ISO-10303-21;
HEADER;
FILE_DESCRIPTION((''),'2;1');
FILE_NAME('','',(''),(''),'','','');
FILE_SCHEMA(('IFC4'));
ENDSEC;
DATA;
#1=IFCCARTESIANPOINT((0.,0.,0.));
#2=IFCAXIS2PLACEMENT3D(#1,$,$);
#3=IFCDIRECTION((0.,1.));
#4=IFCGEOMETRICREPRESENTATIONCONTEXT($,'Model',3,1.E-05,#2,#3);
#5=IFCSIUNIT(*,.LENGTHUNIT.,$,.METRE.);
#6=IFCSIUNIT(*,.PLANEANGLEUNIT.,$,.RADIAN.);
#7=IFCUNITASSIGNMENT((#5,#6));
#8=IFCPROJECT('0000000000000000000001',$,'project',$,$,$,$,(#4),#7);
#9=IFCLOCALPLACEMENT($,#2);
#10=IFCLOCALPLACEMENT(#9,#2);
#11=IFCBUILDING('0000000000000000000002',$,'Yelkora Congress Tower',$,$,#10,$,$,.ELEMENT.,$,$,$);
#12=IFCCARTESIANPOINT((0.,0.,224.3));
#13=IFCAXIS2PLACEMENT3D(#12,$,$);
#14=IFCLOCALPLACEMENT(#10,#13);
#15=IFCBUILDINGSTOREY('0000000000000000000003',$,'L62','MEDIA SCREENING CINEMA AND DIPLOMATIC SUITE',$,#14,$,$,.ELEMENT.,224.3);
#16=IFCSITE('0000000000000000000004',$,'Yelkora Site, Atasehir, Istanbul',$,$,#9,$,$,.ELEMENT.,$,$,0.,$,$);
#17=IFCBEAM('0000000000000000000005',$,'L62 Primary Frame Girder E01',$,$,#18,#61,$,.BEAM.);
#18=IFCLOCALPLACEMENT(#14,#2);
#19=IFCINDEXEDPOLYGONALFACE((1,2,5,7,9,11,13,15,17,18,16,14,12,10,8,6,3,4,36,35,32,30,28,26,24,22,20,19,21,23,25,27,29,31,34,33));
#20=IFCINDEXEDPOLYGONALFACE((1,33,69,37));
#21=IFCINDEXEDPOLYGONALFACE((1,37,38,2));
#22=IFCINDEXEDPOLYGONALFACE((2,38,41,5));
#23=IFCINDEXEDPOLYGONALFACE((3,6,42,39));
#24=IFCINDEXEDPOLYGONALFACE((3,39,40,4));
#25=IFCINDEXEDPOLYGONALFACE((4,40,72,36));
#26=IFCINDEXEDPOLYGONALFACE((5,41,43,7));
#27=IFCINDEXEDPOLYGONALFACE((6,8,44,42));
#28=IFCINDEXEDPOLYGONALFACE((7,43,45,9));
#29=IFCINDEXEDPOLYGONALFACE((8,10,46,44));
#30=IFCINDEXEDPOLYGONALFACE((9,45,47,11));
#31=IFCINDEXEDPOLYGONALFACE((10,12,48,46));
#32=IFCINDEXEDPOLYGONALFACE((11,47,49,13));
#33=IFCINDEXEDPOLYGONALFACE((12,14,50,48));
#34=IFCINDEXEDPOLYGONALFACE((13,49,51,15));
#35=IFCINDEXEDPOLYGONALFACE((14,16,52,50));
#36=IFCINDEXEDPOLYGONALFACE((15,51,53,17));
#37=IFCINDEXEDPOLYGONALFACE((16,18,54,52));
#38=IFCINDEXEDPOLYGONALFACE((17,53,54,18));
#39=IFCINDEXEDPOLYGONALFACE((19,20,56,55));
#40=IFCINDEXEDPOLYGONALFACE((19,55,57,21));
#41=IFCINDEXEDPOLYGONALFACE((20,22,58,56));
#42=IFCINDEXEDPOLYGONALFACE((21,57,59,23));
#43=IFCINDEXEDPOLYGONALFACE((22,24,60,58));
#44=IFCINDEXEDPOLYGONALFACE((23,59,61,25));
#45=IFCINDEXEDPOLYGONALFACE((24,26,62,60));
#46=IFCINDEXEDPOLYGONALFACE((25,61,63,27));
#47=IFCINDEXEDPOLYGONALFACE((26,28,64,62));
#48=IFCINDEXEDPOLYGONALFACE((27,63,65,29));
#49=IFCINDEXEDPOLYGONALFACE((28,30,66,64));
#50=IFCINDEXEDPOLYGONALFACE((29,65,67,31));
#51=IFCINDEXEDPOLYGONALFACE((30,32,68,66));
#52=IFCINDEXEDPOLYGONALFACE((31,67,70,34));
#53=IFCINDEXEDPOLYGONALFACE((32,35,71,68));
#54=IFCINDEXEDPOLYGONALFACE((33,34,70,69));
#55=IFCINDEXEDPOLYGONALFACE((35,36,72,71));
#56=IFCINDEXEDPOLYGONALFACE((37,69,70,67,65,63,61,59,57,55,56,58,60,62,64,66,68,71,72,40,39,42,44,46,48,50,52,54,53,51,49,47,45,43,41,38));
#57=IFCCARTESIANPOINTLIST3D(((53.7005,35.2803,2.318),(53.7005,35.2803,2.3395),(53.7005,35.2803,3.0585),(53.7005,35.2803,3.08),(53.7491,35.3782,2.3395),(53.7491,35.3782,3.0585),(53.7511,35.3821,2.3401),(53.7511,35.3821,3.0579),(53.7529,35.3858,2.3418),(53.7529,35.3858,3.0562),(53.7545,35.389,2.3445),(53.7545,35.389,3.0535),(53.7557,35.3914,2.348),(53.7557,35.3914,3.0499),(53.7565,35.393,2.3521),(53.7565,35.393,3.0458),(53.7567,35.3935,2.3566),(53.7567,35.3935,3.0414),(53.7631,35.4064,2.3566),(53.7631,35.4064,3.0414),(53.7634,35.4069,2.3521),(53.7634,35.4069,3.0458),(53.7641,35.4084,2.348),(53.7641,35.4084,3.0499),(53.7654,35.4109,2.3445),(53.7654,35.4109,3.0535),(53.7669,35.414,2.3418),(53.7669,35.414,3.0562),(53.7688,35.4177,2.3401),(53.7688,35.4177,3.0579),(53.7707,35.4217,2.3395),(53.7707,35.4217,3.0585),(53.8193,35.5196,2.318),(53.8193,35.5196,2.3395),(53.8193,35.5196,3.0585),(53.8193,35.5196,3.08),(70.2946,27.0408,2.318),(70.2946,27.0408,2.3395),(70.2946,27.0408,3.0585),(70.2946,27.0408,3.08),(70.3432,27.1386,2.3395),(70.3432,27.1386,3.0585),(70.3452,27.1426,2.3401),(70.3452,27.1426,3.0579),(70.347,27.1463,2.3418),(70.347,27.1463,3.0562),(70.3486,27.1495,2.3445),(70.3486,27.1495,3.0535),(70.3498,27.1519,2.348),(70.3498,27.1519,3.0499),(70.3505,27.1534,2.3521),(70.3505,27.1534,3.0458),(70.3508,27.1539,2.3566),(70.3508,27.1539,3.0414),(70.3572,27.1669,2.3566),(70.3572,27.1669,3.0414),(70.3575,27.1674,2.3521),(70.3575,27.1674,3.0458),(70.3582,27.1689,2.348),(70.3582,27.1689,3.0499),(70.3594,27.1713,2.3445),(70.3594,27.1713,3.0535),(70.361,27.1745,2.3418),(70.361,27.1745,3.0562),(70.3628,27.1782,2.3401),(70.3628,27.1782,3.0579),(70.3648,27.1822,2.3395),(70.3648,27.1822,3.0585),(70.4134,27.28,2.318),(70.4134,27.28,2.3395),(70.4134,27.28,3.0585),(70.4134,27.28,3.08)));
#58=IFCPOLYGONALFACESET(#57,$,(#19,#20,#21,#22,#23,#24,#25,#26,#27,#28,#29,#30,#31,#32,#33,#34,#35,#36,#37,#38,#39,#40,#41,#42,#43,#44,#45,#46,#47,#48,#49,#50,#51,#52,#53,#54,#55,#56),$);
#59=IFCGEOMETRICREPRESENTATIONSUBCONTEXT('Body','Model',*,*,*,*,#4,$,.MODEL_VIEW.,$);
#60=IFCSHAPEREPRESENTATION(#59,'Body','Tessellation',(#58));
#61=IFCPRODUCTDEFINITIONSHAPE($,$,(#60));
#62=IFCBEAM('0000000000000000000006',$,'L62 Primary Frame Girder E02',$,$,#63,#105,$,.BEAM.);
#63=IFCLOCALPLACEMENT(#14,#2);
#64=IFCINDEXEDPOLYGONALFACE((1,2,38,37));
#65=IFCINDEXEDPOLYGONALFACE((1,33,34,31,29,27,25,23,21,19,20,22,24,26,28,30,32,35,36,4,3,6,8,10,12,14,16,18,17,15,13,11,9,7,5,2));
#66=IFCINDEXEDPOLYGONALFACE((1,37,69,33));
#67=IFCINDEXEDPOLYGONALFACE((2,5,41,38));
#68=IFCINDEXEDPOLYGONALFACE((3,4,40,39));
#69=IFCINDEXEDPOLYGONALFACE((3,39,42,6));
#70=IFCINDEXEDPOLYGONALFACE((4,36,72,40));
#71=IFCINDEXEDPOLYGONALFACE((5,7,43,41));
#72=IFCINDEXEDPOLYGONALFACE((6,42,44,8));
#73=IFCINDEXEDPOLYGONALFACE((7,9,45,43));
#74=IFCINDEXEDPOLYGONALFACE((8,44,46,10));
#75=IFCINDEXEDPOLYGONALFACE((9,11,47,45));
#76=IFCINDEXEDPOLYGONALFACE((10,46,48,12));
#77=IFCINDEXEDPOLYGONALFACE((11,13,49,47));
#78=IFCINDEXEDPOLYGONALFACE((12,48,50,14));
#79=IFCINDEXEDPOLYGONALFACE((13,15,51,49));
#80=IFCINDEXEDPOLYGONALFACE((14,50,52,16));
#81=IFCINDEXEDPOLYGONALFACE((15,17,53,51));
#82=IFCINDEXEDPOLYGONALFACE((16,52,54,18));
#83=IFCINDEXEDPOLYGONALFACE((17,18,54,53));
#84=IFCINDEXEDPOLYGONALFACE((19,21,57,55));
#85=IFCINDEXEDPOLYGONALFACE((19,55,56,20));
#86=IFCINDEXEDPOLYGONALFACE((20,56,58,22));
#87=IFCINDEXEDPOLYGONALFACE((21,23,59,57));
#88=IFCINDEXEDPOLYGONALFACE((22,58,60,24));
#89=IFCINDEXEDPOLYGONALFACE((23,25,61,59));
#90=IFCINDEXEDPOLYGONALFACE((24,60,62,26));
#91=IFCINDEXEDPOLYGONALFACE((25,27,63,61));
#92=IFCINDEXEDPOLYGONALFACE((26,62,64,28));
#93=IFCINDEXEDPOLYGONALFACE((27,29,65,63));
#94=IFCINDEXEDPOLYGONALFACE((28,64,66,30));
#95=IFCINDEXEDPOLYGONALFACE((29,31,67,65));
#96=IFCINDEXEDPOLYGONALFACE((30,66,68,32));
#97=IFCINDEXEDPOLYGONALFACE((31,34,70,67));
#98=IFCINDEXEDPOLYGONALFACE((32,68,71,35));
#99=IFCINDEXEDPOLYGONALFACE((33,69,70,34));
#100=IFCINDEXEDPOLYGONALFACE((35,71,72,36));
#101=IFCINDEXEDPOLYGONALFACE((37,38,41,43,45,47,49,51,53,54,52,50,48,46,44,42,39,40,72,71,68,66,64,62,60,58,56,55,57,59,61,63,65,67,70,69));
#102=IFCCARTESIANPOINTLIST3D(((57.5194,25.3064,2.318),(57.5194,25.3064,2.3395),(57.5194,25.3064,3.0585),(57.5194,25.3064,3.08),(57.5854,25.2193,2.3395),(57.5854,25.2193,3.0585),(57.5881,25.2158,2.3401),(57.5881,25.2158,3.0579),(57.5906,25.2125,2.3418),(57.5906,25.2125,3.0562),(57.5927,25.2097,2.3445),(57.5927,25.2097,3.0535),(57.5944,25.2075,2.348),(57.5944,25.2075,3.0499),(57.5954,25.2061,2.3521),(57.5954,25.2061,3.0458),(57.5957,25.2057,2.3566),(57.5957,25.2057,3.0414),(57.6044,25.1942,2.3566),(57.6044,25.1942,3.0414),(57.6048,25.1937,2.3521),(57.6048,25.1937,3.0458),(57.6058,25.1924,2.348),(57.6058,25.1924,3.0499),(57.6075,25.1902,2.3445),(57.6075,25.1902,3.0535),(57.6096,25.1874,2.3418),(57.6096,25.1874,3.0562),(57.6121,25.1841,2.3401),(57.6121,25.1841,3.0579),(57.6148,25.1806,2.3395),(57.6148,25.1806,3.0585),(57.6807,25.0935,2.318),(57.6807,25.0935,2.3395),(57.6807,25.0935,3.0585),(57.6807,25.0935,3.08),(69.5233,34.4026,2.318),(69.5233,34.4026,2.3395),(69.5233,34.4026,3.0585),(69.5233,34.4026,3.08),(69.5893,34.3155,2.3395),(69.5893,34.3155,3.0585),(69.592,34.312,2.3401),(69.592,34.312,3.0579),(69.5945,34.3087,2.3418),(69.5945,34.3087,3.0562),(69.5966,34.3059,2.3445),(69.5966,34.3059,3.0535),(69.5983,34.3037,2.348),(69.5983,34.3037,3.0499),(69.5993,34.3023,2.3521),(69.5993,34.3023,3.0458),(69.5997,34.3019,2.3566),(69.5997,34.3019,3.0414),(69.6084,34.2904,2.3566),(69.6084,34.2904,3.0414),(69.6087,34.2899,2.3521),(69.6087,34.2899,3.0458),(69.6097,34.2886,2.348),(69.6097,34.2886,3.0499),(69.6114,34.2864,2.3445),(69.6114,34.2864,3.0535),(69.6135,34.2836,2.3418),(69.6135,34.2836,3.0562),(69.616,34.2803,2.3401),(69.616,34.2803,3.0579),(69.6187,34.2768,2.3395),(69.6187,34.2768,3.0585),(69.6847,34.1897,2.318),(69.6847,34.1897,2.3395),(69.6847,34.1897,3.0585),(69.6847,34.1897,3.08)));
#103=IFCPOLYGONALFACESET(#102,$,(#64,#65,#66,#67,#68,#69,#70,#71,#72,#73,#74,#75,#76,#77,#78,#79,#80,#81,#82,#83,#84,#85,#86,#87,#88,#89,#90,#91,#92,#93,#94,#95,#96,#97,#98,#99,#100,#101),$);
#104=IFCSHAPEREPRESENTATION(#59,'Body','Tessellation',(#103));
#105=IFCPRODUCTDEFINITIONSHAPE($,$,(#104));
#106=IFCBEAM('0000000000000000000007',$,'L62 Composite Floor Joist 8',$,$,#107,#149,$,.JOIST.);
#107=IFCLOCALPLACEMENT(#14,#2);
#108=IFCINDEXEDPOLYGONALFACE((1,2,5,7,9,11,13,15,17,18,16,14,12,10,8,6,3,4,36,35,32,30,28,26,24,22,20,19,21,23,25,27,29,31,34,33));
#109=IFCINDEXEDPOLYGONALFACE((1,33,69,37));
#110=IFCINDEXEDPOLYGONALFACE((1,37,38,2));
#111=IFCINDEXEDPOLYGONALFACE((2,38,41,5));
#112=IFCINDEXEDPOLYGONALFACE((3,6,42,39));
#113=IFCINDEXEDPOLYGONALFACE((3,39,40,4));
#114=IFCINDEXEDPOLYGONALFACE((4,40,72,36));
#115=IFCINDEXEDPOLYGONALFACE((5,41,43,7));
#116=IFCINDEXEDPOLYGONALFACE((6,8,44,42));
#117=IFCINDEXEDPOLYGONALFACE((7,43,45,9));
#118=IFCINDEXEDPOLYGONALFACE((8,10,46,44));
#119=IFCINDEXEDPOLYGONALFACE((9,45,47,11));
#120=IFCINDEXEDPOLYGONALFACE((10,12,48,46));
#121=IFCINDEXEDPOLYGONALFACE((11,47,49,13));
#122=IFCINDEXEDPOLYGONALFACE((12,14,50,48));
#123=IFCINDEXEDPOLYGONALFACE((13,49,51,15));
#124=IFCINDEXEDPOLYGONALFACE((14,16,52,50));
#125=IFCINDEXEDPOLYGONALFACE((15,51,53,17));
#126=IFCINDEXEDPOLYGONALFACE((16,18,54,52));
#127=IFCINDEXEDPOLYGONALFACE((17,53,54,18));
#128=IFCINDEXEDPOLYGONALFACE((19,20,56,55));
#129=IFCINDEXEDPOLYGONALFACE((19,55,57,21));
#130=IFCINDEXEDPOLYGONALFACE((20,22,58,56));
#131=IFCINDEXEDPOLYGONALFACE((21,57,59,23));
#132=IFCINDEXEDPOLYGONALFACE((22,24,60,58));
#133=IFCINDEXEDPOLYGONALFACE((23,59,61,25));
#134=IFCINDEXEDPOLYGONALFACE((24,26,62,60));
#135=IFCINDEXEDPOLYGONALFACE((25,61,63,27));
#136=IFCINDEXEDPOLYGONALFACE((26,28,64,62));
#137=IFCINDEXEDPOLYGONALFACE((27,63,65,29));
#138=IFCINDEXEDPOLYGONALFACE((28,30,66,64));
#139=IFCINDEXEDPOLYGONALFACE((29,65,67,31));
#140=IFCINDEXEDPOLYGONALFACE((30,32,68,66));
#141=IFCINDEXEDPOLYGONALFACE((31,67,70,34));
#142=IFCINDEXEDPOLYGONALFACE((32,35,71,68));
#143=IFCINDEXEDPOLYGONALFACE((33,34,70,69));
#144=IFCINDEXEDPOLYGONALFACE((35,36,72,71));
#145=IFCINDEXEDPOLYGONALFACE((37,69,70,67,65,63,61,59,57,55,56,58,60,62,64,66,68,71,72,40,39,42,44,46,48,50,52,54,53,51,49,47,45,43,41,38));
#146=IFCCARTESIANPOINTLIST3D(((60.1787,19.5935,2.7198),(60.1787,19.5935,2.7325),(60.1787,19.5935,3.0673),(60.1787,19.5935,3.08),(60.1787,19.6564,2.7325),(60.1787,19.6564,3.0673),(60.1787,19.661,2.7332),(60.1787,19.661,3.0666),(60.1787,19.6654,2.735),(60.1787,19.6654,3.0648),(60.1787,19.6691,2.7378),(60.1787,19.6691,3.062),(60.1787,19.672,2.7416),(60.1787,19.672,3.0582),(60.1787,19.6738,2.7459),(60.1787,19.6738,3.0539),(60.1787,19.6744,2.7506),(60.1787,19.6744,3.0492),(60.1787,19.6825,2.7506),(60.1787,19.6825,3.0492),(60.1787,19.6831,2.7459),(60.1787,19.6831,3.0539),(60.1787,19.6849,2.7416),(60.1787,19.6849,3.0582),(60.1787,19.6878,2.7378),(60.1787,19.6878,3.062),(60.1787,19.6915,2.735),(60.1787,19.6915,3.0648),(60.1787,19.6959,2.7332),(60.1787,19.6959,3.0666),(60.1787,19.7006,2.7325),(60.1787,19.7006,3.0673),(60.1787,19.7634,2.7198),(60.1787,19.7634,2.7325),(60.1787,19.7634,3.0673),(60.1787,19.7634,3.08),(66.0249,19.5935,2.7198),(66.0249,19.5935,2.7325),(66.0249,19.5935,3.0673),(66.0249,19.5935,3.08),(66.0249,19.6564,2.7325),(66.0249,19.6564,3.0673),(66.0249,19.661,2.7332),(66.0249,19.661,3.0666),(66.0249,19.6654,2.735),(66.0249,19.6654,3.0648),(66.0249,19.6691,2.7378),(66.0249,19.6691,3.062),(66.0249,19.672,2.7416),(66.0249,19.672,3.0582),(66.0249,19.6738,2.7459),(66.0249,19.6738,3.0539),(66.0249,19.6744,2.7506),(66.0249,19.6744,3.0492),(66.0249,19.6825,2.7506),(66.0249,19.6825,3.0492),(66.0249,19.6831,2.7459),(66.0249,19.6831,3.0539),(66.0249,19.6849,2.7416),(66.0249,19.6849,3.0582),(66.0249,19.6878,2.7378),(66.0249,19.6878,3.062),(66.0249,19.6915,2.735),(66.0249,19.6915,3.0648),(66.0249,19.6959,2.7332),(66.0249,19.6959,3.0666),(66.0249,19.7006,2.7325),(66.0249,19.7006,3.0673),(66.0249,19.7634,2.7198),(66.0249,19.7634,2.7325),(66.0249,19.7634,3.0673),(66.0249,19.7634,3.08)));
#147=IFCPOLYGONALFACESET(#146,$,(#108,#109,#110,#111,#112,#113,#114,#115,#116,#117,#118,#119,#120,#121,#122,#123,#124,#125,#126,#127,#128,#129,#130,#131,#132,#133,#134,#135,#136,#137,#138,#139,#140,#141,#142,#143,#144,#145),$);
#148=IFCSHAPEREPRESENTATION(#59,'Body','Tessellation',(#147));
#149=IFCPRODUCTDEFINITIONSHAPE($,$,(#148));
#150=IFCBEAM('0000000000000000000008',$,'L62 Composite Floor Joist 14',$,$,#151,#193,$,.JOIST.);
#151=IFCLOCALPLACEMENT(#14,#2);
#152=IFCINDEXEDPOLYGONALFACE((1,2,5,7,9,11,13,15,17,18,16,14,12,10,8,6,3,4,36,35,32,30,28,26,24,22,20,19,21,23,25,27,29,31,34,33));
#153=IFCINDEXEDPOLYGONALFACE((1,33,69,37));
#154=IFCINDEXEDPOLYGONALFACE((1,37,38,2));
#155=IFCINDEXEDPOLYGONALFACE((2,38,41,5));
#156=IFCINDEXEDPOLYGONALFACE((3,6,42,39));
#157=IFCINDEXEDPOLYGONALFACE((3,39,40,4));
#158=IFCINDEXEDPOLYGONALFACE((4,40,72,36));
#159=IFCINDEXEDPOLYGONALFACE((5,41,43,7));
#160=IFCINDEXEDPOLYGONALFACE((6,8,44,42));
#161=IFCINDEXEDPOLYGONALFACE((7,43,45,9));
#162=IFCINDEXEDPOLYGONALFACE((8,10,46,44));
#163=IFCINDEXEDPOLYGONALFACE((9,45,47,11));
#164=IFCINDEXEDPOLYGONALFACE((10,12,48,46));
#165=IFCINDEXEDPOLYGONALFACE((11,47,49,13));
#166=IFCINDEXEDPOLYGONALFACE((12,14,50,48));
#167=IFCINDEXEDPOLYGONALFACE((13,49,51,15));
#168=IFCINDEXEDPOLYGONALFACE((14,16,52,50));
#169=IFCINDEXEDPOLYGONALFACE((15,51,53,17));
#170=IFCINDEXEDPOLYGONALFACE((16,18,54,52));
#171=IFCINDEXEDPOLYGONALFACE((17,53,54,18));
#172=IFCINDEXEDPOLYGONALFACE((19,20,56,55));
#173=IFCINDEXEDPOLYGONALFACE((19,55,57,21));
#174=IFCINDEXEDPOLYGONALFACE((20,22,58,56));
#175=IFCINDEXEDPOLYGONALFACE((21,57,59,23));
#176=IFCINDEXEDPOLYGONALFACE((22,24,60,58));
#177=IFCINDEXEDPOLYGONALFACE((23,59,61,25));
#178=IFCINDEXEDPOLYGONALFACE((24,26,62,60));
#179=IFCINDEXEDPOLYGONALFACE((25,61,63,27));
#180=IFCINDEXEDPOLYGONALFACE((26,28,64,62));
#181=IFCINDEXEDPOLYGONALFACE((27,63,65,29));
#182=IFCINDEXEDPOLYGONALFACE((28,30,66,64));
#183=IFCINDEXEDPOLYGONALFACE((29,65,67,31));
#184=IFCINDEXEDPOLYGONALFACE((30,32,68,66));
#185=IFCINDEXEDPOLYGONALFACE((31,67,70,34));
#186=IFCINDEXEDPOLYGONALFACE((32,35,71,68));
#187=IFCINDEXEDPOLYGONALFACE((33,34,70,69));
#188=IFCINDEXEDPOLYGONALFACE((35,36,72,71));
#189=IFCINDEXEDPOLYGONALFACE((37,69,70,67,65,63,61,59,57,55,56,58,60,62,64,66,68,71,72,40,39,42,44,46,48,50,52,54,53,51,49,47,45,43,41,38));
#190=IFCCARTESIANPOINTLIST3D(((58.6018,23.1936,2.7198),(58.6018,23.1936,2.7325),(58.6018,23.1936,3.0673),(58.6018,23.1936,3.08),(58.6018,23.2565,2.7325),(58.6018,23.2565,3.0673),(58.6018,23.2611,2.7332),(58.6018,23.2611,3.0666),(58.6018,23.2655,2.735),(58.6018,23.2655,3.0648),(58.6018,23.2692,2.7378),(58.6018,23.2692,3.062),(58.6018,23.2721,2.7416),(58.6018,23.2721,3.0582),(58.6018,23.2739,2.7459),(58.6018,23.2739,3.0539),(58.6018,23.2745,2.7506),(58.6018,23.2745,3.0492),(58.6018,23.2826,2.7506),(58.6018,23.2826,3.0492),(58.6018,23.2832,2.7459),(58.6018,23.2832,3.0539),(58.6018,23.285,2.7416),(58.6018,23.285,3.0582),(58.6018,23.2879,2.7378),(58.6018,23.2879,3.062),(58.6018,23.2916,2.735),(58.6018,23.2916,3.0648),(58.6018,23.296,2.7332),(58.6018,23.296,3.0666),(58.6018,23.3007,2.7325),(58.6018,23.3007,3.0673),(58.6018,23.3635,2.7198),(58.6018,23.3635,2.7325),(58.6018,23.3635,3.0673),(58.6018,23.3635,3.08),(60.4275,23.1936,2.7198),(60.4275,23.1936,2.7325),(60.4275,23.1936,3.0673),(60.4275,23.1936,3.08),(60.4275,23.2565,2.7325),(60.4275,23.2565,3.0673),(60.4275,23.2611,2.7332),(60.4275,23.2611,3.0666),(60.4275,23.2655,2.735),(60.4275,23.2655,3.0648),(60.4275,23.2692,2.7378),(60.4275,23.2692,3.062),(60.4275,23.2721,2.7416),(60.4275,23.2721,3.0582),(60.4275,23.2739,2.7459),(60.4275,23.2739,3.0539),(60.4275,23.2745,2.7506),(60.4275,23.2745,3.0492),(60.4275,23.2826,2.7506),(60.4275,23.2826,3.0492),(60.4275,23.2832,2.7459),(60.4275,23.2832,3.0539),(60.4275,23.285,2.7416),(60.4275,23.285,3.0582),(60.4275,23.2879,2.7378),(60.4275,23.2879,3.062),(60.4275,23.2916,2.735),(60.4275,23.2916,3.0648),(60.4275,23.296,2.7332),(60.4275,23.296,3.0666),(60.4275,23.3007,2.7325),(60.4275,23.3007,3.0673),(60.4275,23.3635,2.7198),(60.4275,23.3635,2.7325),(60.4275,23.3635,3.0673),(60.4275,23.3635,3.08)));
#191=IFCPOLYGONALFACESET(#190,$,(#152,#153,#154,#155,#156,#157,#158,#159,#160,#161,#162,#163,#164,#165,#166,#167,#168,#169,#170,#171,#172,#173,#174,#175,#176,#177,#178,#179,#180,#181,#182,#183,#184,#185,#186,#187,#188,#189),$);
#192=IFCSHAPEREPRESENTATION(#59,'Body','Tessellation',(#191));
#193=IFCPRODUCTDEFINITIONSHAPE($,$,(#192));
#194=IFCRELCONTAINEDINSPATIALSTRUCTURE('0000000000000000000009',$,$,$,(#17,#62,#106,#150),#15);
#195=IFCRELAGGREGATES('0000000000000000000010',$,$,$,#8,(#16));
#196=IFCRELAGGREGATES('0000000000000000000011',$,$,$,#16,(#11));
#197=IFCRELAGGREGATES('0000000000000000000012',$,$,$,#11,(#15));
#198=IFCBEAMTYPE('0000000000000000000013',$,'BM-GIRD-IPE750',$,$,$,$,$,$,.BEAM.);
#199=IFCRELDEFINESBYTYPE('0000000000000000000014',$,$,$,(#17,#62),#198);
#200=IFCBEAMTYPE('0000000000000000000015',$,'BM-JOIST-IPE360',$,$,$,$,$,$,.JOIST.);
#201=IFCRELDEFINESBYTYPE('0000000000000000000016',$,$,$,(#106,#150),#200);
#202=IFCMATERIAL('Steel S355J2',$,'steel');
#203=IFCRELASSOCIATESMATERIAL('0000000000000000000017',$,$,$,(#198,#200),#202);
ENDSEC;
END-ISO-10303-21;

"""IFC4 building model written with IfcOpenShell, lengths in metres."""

from ifc_helpers import new_model, si_unit, direction, frame, origin, origin_2d, place, context, subcontext, project, spatial, i_section, extrude, material, material_profile, profile_set, type_object, element, save


model = new_model("IFC4")

# Units and contexts
model_context = context("Model", 3, precision=1e-05, world=origin(), true_north=direction((0.0, 1.0)))
body_context = subcontext(model_context, "Body", "Model", "MODEL_VIEW")
ifc_project = project(units=[si_unit("LENGTHUNIT", "METRE"), si_unit("PLANEANGLEUNIT", "RADIAN")], contexts=[model_context])

# Site, building, storey
site_placement = place(None, origin())
site = spatial("IfcSite", under=ifc_project, at=site_placement, Name="Yelkora Site, Atasehir, Istanbul", CompositionType="ELEMENT", RefElevation=0.0)
building_placement = place(site_placement, origin())
building = spatial("IfcBuilding", under=site, at=building_placement, Name="Yelkora Congress Tower", CompositionType="ELEMENT")
storey_placement = place(building_placement, frame((0.0, 0.0, 224.3)))
storey = spatial("IfcBuildingStorey", under=building, at=storey_placement, Name="L62", Description="MEDIA SCREENING CINEMA AND DIPLOMATIC SUITE", CompositionType="ELEMENT", Elevation=224.3)

# Shared definitions
ifc_material_1 = material(Name="Steel S355J2", Category="steel")

# Beams
ifc_material_profile_1 = material_profile(ifc_material_1, i_section(OverallWidth=0.2671, OverallDepth=0.762, WebThickness=0.0144, FlangeThickness=0.0215, FilletRadius=0.0171, at=origin_2d()), Name="IPE 750x173")
ifc_profile_set_1 = profile_set([ifc_material_profile_1], Name="Steel S355J2")
beam_type_1 = type_object("IfcBeamType", Name="BM-GIRD-IPE750", PredefinedType="BEAM", material=ifc_profile_set_1)
beam_1_placement = place(storey_placement, frame((70.354, 27.1604, 2.699), z_axis=(-0.895665, 0.444729, 0.0), x_axis=(-0.444729, -0.895665, 0.0)))
element("IfcBeam", 1, at=beam_1_placement, inside=storey, type_object=beam_type_1, Name="L62 Primary Frame Girder E01", PredefinedType="BEAM", context=body_context, shape_type="SweptSolid", body=[
    extrude(i_section(OverallWidth=0.2671, OverallDepth=0.762, WebThickness=0.0144, FlangeThickness=0.0215, FilletRadius=0.0171, at=origin_2d()), origin(), (0.0, 0.0, 1.0), 18.5271),
])
beam_2_placement = place(storey_placement, frame((69.604, 34.2961, 2.699), z_axis=(-0.797018, -0.603956, 0.0), x_axis=(0.603956, -0.797018, 0.0)))
element("IfcBeam", 2, at=beam_2_placement, inside=storey, type_object=beam_type_1, Name="L62 Primary Frame Girder E02", PredefinedType="BEAM", context=body_context, shape_type="SweptSolid", body=[
    extrude(i_section(OverallWidth=0.2671, OverallDepth=0.762, WebThickness=0.0144, FlangeThickness=0.0215, FilletRadius=0.0171, at=origin_2d()), origin(), (0.0, 0.0, 1.0), 15.061),
])
ifc_material_profile_2 = material_profile(ifc_material_1, i_section(OverallWidth=0.1699, OverallDepth=0.3601, WebThickness=0.0081, FlangeThickness=0.0127, FilletRadius=0.0181, at=origin_2d()), Name="IPE 360")
ifc_profile_set_2 = profile_set([ifc_material_profile_2], Name="Steel S355J2")
beam_type_2 = type_object("IfcBeamType", Name="BM-JOIST-IPE360", PredefinedType="JOIST", material=ifc_profile_set_2)
beam_3_placement = place(storey_placement, frame((60.1787, 19.6785, 2.8999), z_axis=(1.0, 0.0, 0.0), x_axis=(0.0, 1.0, 0.0)))
element("IfcBeam", 3, at=beam_3_placement, inside=storey, type_object=beam_type_2, Name="L62 Composite Floor Joist 8", PredefinedType="JOIST", context=body_context, shape_type="SweptSolid", body=[
    extrude(i_section(OverallWidth=0.1699, OverallDepth=0.3601, WebThickness=0.0081, FlangeThickness=0.0127, FilletRadius=0.0181, at=origin_2d()), origin(), (0.0, 0.0, 1.0), 5.8462),
])
beam_4_placement = place(storey_placement, frame((58.6018, 23.2786, 2.8999), z_axis=(1.0, 0.0, 0.0), x_axis=(0.0, 1.0, 0.0)))
element("IfcBeam", 4, at=beam_4_placement, inside=storey, type_object=beam_type_2, Name="L62 Composite Floor Joist 14", PredefinedType="JOIST", context=body_context, shape_type="SweptSolid", body=[
    extrude(i_section(OverallWidth=0.1699, OverallDepth=0.3601, WebThickness=0.0081, FlangeThickness=0.0127, FilletRadius=0.0181, at=origin_2d()), origin(), (0.0, 0.0, 1.0), 1.8257),
])

save(model, "model.ifc")
